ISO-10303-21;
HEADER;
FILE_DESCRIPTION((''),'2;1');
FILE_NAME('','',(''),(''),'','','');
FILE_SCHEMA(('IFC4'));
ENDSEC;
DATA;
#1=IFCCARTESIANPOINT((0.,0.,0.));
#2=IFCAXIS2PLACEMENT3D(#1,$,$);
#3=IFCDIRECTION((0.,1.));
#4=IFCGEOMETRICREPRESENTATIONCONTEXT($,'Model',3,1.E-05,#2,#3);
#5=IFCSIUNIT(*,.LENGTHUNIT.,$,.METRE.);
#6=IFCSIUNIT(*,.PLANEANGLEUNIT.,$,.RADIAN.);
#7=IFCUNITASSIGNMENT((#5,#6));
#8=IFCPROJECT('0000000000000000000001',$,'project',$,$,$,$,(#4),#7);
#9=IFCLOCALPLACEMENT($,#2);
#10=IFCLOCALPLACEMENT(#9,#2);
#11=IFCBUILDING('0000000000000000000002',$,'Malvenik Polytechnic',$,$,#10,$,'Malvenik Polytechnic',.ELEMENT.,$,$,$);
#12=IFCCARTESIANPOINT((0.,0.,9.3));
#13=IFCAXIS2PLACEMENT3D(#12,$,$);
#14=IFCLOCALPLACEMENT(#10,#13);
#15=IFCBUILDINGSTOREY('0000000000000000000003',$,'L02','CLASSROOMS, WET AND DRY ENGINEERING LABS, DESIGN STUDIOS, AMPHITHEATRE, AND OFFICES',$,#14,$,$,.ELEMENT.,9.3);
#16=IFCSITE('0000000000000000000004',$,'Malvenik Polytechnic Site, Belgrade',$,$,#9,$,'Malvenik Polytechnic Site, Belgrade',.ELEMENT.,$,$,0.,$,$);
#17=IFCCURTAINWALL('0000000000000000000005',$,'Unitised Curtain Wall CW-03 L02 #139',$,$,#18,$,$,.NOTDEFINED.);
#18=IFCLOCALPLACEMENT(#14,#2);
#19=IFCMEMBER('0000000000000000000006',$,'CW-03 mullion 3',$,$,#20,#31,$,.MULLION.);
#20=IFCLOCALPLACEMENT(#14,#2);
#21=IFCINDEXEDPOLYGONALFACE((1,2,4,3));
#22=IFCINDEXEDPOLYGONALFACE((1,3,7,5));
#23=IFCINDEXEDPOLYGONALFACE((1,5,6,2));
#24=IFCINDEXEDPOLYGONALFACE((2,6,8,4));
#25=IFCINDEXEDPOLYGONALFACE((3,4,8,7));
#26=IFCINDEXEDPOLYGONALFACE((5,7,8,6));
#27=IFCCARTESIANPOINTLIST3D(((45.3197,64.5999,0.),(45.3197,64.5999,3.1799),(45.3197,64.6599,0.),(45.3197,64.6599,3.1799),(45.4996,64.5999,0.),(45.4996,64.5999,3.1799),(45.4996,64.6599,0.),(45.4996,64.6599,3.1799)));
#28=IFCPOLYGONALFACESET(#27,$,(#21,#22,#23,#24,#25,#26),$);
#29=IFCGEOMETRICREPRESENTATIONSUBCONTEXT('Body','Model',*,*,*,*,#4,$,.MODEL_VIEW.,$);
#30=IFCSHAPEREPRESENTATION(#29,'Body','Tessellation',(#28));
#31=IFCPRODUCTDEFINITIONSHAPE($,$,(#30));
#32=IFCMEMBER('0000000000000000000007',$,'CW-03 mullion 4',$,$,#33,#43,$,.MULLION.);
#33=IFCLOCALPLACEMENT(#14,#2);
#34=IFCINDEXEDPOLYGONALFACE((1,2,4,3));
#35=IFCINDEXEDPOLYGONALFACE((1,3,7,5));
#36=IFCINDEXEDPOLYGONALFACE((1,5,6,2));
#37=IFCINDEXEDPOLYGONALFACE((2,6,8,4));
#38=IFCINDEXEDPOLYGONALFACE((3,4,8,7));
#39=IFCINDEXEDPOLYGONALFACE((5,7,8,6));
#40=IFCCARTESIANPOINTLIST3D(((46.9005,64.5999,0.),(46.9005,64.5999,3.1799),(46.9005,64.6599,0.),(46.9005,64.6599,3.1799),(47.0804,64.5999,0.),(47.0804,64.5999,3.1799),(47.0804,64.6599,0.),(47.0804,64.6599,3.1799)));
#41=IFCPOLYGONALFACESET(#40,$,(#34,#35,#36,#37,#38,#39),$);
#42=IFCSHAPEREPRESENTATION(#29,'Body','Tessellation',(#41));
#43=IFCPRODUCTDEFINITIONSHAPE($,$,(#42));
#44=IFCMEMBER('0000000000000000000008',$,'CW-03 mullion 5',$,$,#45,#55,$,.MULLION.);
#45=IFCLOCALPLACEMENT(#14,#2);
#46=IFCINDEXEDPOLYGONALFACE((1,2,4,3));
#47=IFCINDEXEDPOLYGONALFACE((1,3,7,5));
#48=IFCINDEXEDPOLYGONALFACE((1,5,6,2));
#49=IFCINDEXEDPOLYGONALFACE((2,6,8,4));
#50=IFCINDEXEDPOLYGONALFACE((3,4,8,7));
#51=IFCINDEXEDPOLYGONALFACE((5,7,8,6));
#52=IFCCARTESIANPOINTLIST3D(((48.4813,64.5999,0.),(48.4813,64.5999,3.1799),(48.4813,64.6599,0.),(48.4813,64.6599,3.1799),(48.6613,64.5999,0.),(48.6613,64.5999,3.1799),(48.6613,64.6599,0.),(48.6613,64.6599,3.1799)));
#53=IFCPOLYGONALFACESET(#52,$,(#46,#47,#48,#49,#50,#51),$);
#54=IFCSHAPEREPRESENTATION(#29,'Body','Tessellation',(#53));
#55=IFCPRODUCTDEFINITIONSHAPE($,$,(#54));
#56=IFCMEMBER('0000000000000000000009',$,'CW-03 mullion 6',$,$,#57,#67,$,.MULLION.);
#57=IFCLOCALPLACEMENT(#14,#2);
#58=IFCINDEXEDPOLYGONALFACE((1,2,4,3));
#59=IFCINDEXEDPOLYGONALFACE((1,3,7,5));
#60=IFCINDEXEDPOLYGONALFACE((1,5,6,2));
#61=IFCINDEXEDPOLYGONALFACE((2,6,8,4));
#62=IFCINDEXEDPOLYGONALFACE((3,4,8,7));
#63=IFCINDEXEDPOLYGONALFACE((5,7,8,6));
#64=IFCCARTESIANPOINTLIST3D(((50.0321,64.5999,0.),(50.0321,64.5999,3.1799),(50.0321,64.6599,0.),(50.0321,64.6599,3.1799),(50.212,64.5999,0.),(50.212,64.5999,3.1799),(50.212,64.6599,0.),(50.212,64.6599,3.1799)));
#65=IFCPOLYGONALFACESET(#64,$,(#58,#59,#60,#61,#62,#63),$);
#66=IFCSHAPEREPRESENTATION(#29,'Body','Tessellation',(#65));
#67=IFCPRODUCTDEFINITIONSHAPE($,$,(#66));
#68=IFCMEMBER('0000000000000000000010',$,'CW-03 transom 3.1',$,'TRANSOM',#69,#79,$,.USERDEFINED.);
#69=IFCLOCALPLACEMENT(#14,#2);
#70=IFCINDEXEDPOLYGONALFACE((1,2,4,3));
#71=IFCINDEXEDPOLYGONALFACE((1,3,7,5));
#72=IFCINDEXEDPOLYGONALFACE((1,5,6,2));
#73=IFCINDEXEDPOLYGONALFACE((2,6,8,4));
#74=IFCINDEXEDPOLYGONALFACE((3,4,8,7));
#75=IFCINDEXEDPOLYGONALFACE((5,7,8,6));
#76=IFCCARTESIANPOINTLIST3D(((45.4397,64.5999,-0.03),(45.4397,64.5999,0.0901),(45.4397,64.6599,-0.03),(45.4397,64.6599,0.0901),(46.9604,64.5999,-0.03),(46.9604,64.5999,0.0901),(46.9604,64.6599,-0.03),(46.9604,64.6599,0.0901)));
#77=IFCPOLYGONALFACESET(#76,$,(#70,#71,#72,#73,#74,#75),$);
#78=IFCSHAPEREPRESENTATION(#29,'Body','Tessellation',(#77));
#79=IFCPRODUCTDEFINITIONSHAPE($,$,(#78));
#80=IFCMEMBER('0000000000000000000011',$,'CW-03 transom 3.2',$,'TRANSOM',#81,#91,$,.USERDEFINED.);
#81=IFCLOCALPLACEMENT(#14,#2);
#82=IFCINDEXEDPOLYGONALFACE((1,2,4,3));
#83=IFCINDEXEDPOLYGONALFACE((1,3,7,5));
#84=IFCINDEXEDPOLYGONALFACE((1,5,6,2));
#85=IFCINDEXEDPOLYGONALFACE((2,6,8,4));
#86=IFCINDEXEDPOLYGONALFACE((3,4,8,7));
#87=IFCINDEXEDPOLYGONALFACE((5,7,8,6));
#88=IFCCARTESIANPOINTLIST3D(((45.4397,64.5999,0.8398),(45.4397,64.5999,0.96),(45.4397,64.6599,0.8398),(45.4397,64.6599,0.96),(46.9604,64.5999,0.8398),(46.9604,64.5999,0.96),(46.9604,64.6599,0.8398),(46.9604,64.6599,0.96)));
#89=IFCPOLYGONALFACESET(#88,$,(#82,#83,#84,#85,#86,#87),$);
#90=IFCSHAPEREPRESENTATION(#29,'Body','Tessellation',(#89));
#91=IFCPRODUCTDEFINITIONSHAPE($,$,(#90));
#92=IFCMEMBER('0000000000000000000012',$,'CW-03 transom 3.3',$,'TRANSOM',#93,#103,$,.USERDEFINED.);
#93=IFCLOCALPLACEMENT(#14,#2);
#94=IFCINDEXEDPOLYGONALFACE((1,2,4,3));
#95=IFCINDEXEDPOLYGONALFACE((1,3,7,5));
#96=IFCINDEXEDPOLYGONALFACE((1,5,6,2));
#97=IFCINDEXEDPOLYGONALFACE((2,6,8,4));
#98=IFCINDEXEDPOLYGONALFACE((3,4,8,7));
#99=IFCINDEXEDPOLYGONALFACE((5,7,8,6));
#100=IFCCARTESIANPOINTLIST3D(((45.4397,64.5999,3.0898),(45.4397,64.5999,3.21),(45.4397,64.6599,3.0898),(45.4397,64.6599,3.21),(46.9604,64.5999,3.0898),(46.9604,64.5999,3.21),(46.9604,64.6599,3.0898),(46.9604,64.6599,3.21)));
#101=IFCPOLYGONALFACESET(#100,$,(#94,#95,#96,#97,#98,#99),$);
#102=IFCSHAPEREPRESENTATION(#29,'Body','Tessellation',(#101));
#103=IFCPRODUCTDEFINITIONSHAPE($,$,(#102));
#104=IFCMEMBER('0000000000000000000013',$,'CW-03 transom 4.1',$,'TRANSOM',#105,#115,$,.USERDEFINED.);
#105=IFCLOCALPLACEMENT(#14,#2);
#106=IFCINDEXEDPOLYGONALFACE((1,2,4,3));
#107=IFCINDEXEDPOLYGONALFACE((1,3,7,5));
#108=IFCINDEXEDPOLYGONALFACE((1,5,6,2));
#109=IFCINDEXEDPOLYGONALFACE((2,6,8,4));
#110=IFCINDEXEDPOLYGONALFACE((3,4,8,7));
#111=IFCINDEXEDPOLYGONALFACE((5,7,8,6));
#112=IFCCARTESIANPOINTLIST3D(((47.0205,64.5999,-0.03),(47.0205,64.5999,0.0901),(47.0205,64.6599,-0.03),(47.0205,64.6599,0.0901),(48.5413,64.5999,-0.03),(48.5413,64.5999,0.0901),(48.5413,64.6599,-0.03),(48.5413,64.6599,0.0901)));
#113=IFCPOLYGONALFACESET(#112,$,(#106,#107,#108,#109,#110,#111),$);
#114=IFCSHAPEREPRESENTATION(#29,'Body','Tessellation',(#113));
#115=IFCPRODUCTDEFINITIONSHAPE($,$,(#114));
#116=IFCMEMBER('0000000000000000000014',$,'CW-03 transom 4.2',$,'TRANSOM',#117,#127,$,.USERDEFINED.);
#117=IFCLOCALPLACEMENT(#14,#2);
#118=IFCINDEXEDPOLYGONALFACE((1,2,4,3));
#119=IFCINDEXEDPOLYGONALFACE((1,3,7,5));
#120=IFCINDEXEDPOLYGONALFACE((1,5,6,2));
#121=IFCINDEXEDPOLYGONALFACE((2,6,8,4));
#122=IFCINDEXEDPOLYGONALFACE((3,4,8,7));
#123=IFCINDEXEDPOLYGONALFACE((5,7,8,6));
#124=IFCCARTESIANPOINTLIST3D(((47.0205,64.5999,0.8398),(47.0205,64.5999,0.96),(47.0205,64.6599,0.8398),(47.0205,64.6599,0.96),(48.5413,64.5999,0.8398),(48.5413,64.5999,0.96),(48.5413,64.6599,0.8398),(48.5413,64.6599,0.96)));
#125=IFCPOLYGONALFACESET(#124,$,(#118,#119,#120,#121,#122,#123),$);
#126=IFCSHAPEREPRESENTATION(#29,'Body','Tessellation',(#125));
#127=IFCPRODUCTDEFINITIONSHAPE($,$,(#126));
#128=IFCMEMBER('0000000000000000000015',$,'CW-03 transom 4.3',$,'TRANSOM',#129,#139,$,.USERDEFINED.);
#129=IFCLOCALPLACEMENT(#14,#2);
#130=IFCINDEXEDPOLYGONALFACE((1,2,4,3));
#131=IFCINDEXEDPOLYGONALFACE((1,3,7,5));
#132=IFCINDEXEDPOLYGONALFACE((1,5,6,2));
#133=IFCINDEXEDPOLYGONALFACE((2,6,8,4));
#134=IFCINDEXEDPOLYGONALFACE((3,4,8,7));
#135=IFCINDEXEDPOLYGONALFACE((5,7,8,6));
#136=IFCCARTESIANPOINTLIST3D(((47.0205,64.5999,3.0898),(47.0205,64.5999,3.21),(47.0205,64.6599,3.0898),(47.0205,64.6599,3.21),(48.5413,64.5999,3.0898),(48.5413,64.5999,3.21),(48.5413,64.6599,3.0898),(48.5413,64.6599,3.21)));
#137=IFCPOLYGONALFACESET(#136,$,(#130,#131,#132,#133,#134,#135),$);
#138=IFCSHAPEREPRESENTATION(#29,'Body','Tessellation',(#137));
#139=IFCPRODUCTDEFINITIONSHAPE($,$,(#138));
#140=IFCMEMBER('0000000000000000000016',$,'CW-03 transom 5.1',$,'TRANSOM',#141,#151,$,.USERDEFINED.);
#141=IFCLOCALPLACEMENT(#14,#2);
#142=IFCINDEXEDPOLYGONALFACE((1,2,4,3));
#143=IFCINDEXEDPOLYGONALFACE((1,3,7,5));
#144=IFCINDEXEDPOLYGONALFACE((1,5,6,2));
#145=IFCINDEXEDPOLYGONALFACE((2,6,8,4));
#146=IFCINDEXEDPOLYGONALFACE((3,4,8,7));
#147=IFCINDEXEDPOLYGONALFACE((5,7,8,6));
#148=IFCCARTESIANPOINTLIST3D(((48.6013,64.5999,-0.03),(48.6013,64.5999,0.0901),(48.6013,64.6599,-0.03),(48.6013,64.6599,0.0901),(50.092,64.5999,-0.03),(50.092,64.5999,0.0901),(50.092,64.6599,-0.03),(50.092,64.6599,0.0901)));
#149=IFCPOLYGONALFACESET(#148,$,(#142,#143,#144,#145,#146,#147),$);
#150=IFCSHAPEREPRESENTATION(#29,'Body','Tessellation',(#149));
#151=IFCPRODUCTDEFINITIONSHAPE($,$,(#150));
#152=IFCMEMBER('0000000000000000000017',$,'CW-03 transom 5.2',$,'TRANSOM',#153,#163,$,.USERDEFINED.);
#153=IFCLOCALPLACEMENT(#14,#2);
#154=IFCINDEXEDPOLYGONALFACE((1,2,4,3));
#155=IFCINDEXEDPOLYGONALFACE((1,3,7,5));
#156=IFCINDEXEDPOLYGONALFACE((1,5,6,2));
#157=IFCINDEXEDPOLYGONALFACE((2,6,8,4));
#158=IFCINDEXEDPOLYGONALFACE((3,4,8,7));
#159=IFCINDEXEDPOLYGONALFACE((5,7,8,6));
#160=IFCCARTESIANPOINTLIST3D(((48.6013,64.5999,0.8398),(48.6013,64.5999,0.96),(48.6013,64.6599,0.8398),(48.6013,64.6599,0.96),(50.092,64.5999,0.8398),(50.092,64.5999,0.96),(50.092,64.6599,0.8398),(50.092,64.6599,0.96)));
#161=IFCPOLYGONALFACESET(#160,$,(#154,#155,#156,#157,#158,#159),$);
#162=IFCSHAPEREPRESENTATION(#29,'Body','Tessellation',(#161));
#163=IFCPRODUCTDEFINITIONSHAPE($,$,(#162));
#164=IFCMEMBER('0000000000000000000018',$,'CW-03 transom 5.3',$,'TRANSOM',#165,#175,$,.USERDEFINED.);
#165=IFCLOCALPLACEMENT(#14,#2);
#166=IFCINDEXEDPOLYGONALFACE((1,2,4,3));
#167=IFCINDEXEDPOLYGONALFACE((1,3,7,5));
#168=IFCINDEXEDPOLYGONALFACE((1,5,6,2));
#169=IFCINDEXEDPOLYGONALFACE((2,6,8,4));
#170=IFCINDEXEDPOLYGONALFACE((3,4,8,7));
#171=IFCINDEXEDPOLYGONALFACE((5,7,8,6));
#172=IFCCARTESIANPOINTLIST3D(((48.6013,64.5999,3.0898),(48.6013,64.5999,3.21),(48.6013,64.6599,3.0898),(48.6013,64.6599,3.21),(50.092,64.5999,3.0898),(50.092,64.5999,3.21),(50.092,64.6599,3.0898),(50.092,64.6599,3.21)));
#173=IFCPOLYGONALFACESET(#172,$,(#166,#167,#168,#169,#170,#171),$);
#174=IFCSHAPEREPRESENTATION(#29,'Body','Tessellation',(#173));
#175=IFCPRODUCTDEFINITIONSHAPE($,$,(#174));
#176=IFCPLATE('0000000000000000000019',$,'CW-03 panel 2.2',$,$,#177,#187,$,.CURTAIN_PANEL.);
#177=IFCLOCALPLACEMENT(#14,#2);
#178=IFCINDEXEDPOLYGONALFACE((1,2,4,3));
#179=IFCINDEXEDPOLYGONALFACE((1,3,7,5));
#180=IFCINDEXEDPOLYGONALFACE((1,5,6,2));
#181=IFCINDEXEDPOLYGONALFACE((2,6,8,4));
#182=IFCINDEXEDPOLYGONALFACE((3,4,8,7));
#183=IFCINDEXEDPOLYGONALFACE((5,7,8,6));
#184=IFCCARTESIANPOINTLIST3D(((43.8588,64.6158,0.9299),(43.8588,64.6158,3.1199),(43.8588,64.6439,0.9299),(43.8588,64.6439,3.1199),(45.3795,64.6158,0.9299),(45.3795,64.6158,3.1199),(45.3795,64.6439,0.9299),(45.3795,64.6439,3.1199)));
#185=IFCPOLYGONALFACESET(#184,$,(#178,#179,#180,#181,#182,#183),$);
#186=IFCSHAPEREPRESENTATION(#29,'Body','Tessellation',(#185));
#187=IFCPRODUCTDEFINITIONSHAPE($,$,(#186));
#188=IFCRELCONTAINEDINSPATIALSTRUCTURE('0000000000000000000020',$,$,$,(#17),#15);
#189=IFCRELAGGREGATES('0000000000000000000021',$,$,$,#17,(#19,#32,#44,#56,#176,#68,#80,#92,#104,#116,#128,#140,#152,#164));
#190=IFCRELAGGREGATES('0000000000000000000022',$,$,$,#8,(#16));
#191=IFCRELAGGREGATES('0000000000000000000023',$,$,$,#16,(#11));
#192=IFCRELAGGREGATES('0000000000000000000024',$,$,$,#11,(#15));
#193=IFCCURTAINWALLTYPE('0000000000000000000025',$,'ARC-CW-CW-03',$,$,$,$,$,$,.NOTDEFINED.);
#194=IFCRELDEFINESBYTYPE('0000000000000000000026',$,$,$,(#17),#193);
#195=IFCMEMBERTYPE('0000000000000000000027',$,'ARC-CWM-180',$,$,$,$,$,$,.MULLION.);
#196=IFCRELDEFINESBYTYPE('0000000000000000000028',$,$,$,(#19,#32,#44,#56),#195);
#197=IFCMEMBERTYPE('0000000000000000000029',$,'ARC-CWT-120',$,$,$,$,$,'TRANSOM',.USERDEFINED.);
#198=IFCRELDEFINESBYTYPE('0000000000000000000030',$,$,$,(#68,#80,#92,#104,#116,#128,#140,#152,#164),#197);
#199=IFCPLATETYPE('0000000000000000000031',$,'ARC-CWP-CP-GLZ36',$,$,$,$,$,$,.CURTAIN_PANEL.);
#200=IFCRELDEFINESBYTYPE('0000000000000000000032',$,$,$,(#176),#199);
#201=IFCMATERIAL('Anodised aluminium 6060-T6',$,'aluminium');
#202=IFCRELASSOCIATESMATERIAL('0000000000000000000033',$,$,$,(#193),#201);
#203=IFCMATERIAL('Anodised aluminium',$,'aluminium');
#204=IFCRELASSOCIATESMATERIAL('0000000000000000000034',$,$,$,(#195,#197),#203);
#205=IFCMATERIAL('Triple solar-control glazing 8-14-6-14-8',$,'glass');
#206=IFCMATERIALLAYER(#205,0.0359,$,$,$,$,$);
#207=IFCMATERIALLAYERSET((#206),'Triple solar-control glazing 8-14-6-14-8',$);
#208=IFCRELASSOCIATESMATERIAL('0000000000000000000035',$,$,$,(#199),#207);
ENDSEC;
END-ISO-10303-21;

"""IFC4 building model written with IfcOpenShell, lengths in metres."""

from ifc_helpers import new_model, si_unit, direction, frame, origin, origin_2d, place, context, subcontext, project, spatial, rectangle, extrude, material, layer, layer_set, material_profile, profile_set, type_object, element, aggregate, save


model = new_model("IFC4")

# Units and contexts
model_context = context("Model", 3, precision=1e-05, world=origin(), true_north=direction((0.0, 1.0)))
body_context = subcontext(model_context, "Body", "Model", "MODEL_VIEW")
ifc_project = project(units=[si_unit("LENGTHUNIT", "METRE"), si_unit("PLANEANGLEUNIT", "RADIAN")], contexts=[model_context])

# Site, building, storey
site_placement = place(None, origin())
site = spatial("IfcSite", under=ifc_project, at=site_placement, Name="Malvenik Polytechnic Site, Belgrade", LongName="Malvenik Polytechnic Site, Belgrade", CompositionType="ELEMENT", RefElevation=0.0)
building_placement = place(site_placement, origin())
building = spatial("IfcBuilding", under=site, at=building_placement, Name="Malvenik Polytechnic", LongName="Malvenik Polytechnic", CompositionType="ELEMENT")
storey_placement = place(building_placement, frame((0.0, 0.0, 9.3)))
storey = spatial("IfcBuildingStorey", under=building, at=storey_placement, Name="L02", Description="CLASSROOMS, WET AND DRY ENGINEERING LABS, DESIGN STUDIOS, AMPHITHEATRE, AND OFFICES", CompositionType="ELEMENT", Elevation=9.3)

# Curtain wall, members, plate
ifc_material_1 = material(Name="Anodised aluminium 6060-T6", Category="aluminium")
curtain_wall_type = type_object("IfcCurtainWallType", Name="ARC-CW-CW-03", PredefinedType="NOTDEFINED", material=ifc_material_1)
curtain_wall_placement = place(storey_placement, origin())
curtain_wall = element("IfcCurtainWall", 1, at=curtain_wall_placement, inside=storey, type_object=curtain_wall_type, Name="Unitised Curtain Wall CW-03 L02 #139", PredefinedType="NOTDEFINED")
ifc_material_2 = material(Name="Anodised aluminium", Category="aluminium")
ifc_material_profile_1 = material_profile(ifc_material_2, rectangle(XDim=0.0601, YDim=0.1799, at=origin_2d()), Name="ALU MULLION 60x180")
ifc_profile_set_1 = profile_set([ifc_material_profile_1], Name="Anodised aluminium")
member_type_1 = type_object("IfcMemberType", Name="ARC-CWM-180", PredefinedType="MULLION", material=ifc_profile_set_1)
member_1_placement = place(storey_placement, frame((45.4097, 64.6299, 0.0), z_axis=(0.0, 0.0, 1.0), x_axis=(0.0, 1.0, 0.0)))
member_1 = element("IfcMember", 2, at=member_1_placement, type_object=member_type_1, Name="CW-03 mullion 3", PredefinedType="MULLION", context=body_context, shape_type="SweptSolid", body=[
    extrude(rectangle(XDim=0.0601, YDim=0.1799, at=origin_2d()), origin(), (0.0, 0.0, 1.0), 3.1799),
])
member_2_placement = place(storey_placement, frame((46.9905, 64.6299, 0.0), z_axis=(0.0, 0.0, 1.0), x_axis=(0.0, 1.0, 0.0)))
member_2 = element("IfcMember", 3, at=member_2_placement, type_object=member_type_1, Name="CW-03 mullion 4", PredefinedType="MULLION", context=body_context, shape_type="SweptSolid", body=[
    extrude(rectangle(XDim=0.0601, YDim=0.1799, at=origin_2d()), origin(), (0.0, 0.0, 1.0), 3.1799),
])
member_3_placement = place(storey_placement, frame((48.5713, 64.6299, 0.0), z_axis=(0.0, 0.0, 1.0), x_axis=(0.0, 1.0, 0.0)))
member_3 = element("IfcMember", 4, at=member_3_placement, type_object=member_type_1, Name="CW-03 mullion 5", PredefinedType="MULLION", context=body_context, shape_type="SweptSolid", body=[
    extrude(rectangle(XDim=0.0601, YDim=0.1799, at=origin_2d()), origin(), (0.0, 0.0, 1.0), 3.1799),
])
member_4_placement = place(storey_placement, frame((50.1221, 64.6299, 0.0), z_axis=(0.0, 0.0, 1.0), x_axis=(0.0, 1.0, 0.0)))
member_4 = element("IfcMember", 5, at=member_4_placement, type_object=member_type_1, Name="CW-03 mullion 6", PredefinedType="MULLION", context=body_context, shape_type="SweptSolid", body=[
    extrude(rectangle(XDim=0.0601, YDim=0.1799, at=origin_2d()), origin(), (0.0, 0.0, 1.0), 3.1799),
])
ifc_material_profile_2 = material_profile(ifc_material_2, rectangle(XDim=0.0601, YDim=0.1201, at=origin_2d()), Name="ALU TRANSOM 60x120")
ifc_profile_set_2 = profile_set([ifc_material_profile_2], Name="Anodised aluminium")
member_type_2 = type_object("IfcMemberType", Name="ARC-CWT-120", ElementType="TRANSOM", PredefinedType="USERDEFINED", material=ifc_profile_set_2)
member_5_placement = place(storey_placement, frame((45.4397, 64.6299, 0.03), z_axis=(1.0, 0.0, 0.0), x_axis=(0.0, 1.0, 0.0)))
member_5 = element("IfcMember", 6, at=member_5_placement, type_object=member_type_2, Name="CW-03 transom 3.1", ObjectType="TRANSOM", PredefinedType="USERDEFINED", context=body_context, shape_type="SweptSolid", body=[
    extrude(rectangle(XDim=0.0601, YDim=0.1201, at=origin_2d()), origin(), (0.0, 0.0, 1.0), 1.5208),
])
member_6_placement = place(storey_placement, frame((45.4397, 64.6299, 0.8999), z_axis=(1.0, 0.0, 0.0), x_axis=(0.0, 1.0, 0.0)))
member_6 = element("IfcMember", 7, at=member_6_placement, type_object=member_type_2, Name="CW-03 transom 3.2", ObjectType="TRANSOM", PredefinedType="USERDEFINED", context=body_context, shape_type="SweptSolid", body=[
    extrude(rectangle(XDim=0.0601, YDim=0.1201, at=origin_2d()), origin(), (0.0, 0.0, 1.0), 1.5208),
])
member_7_placement = place(storey_placement, frame((45.4397, 64.6299, 3.1499), z_axis=(1.0, 0.0, 0.0), x_axis=(0.0, 1.0, 0.0)))
member_7 = element("IfcMember", 8, at=member_7_placement, type_object=member_type_2, Name="CW-03 transom 3.3", ObjectType="TRANSOM", PredefinedType="USERDEFINED", context=body_context, shape_type="SweptSolid", body=[
    extrude(rectangle(XDim=0.0601, YDim=0.1201, at=origin_2d()), origin(), (0.0, 0.0, 1.0), 1.5208),
])
member_8_placement = place(storey_placement, frame((47.0205, 64.6299, 0.03), z_axis=(1.0, 0.0, 0.0), x_axis=(0.0, 1.0, 0.0)))
member_8 = element("IfcMember", 9, at=member_8_placement, type_object=member_type_2, Name="CW-03 transom 4.1", ObjectType="TRANSOM", PredefinedType="USERDEFINED", context=body_context, shape_type="SweptSolid", body=[
    extrude(rectangle(XDim=0.0601, YDim=0.1201, at=origin_2d()), origin(), (0.0, 0.0, 1.0), 1.5208),
])
member_9_placement = place(storey_placement, frame((47.0205, 64.6299, 0.8999), z_axis=(1.0, 0.0, 0.0), x_axis=(0.0, 1.0, 0.0)))
member_9 = element("IfcMember", 10, at=member_9_placement, type_object=member_type_2, Name="CW-03 transom 4.2", ObjectType="TRANSOM", PredefinedType="USERDEFINED", context=body_context, shape_type="SweptSolid", body=[
    extrude(rectangle(XDim=0.0601, YDim=0.1201, at=origin_2d()), origin(), (0.0, 0.0, 1.0), 1.5208),
])
member_10_placement = place(storey_placement, frame((47.0205, 64.6299, 3.1499), z_axis=(1.0, 0.0, 0.0), x_axis=(0.0, 1.0, 0.0)))
member_10 = element("IfcMember", 11, at=member_10_placement, type_object=member_type_2, Name="CW-03 transom 4.3", ObjectType="TRANSOM", PredefinedType="USERDEFINED", context=body_context, shape_type="SweptSolid", body=[
    extrude(rectangle(XDim=0.0601, YDim=0.1201, at=origin_2d()), origin(), (0.0, 0.0, 1.0), 1.5208),
])
member_11_placement = place(storey_placement, frame((48.6013, 64.6299, 0.03), z_axis=(1.0, 0.0, 0.0), x_axis=(0.0, 1.0, 0.0)))
member_11 = element("IfcMember", 12, at=member_11_placement, type_object=member_type_2, Name="CW-03 transom 5.1", ObjectType="TRANSOM", PredefinedType="USERDEFINED", context=body_context, shape_type="SweptSolid", body=[
    extrude(rectangle(XDim=0.0601, YDim=0.1201, at=origin_2d()), origin(), (0.0, 0.0, 1.0), 1.4907),
])
member_12_placement = place(storey_placement, frame((48.6013, 64.6299, 0.8999), z_axis=(1.0, 0.0, 0.0), x_axis=(0.0, 1.0, 0.0)))
member_12 = element("IfcMember", 13, at=member_12_placement, type_object=member_type_2, Name="CW-03 transom 5.2", ObjectType="TRANSOM", PredefinedType="USERDEFINED", context=body_context, shape_type="SweptSolid", body=[
    extrude(rectangle(XDim=0.0601, YDim=0.1201, at=origin_2d()), origin(), (0.0, 0.0, 1.0), 1.4907),
])
member_13_placement = place(storey_placement, frame((48.6013, 64.6299, 3.1499), z_axis=(1.0, 0.0, 0.0), x_axis=(0.0, 1.0, 0.0)))
member_13 = element("IfcMember", 14, at=member_13_placement, type_object=member_type_2, Name="CW-03 transom 5.3", ObjectType="TRANSOM", PredefinedType="USERDEFINED", context=body_context, shape_type="SweptSolid", body=[
    extrude(rectangle(XDim=0.0601, YDim=0.1201, at=origin_2d()), origin(), (0.0, 0.0, 1.0), 1.4907),
])
ifc_material_3 = material(Name="Triple solar-control glazing 8-14-6-14-8", Category="glass")
ifc_layer_1 = layer(ifc_material_3, 0.0359)
ifc_layer_set_1 = layer_set([ifc_layer_1], Name="Triple solar-control glazing 8-14-6-14-8")
plate_type_1 = type_object("IfcPlateType", Name="ARC-CWP-CP-GLZ36", PredefinedType="CURTAIN_PANEL", material=ifc_layer_set_1)
plate_1_placement = place(storey_placement, frame((44.6191, 64.6299, 0.9299), z_axis=(0.0, 0.0, 1.0), x_axis=(1.0, 0.0, 0.0)))
plate_1 = element("IfcPlate", 15, at=plate_1_placement, type_object=plate_type_1, Name="CW-03 panel 2.2", PredefinedType="CURTAIN_PANEL", context=body_context, shape_type="SweptSolid", body=[
    extrude(rectangle(XDim=1.5208, YDim=0.0281, at=origin_2d()), origin(), (0.0, 0.0, 1.0), 2.1899),
])
aggregate(curtain_wall, [member_1, member_2, member_3, member_4, plate_1, member_5, member_6, member_7, member_8, member_9, member_10, member_11, member_12, member_13])

save(model, "model.ifc")
